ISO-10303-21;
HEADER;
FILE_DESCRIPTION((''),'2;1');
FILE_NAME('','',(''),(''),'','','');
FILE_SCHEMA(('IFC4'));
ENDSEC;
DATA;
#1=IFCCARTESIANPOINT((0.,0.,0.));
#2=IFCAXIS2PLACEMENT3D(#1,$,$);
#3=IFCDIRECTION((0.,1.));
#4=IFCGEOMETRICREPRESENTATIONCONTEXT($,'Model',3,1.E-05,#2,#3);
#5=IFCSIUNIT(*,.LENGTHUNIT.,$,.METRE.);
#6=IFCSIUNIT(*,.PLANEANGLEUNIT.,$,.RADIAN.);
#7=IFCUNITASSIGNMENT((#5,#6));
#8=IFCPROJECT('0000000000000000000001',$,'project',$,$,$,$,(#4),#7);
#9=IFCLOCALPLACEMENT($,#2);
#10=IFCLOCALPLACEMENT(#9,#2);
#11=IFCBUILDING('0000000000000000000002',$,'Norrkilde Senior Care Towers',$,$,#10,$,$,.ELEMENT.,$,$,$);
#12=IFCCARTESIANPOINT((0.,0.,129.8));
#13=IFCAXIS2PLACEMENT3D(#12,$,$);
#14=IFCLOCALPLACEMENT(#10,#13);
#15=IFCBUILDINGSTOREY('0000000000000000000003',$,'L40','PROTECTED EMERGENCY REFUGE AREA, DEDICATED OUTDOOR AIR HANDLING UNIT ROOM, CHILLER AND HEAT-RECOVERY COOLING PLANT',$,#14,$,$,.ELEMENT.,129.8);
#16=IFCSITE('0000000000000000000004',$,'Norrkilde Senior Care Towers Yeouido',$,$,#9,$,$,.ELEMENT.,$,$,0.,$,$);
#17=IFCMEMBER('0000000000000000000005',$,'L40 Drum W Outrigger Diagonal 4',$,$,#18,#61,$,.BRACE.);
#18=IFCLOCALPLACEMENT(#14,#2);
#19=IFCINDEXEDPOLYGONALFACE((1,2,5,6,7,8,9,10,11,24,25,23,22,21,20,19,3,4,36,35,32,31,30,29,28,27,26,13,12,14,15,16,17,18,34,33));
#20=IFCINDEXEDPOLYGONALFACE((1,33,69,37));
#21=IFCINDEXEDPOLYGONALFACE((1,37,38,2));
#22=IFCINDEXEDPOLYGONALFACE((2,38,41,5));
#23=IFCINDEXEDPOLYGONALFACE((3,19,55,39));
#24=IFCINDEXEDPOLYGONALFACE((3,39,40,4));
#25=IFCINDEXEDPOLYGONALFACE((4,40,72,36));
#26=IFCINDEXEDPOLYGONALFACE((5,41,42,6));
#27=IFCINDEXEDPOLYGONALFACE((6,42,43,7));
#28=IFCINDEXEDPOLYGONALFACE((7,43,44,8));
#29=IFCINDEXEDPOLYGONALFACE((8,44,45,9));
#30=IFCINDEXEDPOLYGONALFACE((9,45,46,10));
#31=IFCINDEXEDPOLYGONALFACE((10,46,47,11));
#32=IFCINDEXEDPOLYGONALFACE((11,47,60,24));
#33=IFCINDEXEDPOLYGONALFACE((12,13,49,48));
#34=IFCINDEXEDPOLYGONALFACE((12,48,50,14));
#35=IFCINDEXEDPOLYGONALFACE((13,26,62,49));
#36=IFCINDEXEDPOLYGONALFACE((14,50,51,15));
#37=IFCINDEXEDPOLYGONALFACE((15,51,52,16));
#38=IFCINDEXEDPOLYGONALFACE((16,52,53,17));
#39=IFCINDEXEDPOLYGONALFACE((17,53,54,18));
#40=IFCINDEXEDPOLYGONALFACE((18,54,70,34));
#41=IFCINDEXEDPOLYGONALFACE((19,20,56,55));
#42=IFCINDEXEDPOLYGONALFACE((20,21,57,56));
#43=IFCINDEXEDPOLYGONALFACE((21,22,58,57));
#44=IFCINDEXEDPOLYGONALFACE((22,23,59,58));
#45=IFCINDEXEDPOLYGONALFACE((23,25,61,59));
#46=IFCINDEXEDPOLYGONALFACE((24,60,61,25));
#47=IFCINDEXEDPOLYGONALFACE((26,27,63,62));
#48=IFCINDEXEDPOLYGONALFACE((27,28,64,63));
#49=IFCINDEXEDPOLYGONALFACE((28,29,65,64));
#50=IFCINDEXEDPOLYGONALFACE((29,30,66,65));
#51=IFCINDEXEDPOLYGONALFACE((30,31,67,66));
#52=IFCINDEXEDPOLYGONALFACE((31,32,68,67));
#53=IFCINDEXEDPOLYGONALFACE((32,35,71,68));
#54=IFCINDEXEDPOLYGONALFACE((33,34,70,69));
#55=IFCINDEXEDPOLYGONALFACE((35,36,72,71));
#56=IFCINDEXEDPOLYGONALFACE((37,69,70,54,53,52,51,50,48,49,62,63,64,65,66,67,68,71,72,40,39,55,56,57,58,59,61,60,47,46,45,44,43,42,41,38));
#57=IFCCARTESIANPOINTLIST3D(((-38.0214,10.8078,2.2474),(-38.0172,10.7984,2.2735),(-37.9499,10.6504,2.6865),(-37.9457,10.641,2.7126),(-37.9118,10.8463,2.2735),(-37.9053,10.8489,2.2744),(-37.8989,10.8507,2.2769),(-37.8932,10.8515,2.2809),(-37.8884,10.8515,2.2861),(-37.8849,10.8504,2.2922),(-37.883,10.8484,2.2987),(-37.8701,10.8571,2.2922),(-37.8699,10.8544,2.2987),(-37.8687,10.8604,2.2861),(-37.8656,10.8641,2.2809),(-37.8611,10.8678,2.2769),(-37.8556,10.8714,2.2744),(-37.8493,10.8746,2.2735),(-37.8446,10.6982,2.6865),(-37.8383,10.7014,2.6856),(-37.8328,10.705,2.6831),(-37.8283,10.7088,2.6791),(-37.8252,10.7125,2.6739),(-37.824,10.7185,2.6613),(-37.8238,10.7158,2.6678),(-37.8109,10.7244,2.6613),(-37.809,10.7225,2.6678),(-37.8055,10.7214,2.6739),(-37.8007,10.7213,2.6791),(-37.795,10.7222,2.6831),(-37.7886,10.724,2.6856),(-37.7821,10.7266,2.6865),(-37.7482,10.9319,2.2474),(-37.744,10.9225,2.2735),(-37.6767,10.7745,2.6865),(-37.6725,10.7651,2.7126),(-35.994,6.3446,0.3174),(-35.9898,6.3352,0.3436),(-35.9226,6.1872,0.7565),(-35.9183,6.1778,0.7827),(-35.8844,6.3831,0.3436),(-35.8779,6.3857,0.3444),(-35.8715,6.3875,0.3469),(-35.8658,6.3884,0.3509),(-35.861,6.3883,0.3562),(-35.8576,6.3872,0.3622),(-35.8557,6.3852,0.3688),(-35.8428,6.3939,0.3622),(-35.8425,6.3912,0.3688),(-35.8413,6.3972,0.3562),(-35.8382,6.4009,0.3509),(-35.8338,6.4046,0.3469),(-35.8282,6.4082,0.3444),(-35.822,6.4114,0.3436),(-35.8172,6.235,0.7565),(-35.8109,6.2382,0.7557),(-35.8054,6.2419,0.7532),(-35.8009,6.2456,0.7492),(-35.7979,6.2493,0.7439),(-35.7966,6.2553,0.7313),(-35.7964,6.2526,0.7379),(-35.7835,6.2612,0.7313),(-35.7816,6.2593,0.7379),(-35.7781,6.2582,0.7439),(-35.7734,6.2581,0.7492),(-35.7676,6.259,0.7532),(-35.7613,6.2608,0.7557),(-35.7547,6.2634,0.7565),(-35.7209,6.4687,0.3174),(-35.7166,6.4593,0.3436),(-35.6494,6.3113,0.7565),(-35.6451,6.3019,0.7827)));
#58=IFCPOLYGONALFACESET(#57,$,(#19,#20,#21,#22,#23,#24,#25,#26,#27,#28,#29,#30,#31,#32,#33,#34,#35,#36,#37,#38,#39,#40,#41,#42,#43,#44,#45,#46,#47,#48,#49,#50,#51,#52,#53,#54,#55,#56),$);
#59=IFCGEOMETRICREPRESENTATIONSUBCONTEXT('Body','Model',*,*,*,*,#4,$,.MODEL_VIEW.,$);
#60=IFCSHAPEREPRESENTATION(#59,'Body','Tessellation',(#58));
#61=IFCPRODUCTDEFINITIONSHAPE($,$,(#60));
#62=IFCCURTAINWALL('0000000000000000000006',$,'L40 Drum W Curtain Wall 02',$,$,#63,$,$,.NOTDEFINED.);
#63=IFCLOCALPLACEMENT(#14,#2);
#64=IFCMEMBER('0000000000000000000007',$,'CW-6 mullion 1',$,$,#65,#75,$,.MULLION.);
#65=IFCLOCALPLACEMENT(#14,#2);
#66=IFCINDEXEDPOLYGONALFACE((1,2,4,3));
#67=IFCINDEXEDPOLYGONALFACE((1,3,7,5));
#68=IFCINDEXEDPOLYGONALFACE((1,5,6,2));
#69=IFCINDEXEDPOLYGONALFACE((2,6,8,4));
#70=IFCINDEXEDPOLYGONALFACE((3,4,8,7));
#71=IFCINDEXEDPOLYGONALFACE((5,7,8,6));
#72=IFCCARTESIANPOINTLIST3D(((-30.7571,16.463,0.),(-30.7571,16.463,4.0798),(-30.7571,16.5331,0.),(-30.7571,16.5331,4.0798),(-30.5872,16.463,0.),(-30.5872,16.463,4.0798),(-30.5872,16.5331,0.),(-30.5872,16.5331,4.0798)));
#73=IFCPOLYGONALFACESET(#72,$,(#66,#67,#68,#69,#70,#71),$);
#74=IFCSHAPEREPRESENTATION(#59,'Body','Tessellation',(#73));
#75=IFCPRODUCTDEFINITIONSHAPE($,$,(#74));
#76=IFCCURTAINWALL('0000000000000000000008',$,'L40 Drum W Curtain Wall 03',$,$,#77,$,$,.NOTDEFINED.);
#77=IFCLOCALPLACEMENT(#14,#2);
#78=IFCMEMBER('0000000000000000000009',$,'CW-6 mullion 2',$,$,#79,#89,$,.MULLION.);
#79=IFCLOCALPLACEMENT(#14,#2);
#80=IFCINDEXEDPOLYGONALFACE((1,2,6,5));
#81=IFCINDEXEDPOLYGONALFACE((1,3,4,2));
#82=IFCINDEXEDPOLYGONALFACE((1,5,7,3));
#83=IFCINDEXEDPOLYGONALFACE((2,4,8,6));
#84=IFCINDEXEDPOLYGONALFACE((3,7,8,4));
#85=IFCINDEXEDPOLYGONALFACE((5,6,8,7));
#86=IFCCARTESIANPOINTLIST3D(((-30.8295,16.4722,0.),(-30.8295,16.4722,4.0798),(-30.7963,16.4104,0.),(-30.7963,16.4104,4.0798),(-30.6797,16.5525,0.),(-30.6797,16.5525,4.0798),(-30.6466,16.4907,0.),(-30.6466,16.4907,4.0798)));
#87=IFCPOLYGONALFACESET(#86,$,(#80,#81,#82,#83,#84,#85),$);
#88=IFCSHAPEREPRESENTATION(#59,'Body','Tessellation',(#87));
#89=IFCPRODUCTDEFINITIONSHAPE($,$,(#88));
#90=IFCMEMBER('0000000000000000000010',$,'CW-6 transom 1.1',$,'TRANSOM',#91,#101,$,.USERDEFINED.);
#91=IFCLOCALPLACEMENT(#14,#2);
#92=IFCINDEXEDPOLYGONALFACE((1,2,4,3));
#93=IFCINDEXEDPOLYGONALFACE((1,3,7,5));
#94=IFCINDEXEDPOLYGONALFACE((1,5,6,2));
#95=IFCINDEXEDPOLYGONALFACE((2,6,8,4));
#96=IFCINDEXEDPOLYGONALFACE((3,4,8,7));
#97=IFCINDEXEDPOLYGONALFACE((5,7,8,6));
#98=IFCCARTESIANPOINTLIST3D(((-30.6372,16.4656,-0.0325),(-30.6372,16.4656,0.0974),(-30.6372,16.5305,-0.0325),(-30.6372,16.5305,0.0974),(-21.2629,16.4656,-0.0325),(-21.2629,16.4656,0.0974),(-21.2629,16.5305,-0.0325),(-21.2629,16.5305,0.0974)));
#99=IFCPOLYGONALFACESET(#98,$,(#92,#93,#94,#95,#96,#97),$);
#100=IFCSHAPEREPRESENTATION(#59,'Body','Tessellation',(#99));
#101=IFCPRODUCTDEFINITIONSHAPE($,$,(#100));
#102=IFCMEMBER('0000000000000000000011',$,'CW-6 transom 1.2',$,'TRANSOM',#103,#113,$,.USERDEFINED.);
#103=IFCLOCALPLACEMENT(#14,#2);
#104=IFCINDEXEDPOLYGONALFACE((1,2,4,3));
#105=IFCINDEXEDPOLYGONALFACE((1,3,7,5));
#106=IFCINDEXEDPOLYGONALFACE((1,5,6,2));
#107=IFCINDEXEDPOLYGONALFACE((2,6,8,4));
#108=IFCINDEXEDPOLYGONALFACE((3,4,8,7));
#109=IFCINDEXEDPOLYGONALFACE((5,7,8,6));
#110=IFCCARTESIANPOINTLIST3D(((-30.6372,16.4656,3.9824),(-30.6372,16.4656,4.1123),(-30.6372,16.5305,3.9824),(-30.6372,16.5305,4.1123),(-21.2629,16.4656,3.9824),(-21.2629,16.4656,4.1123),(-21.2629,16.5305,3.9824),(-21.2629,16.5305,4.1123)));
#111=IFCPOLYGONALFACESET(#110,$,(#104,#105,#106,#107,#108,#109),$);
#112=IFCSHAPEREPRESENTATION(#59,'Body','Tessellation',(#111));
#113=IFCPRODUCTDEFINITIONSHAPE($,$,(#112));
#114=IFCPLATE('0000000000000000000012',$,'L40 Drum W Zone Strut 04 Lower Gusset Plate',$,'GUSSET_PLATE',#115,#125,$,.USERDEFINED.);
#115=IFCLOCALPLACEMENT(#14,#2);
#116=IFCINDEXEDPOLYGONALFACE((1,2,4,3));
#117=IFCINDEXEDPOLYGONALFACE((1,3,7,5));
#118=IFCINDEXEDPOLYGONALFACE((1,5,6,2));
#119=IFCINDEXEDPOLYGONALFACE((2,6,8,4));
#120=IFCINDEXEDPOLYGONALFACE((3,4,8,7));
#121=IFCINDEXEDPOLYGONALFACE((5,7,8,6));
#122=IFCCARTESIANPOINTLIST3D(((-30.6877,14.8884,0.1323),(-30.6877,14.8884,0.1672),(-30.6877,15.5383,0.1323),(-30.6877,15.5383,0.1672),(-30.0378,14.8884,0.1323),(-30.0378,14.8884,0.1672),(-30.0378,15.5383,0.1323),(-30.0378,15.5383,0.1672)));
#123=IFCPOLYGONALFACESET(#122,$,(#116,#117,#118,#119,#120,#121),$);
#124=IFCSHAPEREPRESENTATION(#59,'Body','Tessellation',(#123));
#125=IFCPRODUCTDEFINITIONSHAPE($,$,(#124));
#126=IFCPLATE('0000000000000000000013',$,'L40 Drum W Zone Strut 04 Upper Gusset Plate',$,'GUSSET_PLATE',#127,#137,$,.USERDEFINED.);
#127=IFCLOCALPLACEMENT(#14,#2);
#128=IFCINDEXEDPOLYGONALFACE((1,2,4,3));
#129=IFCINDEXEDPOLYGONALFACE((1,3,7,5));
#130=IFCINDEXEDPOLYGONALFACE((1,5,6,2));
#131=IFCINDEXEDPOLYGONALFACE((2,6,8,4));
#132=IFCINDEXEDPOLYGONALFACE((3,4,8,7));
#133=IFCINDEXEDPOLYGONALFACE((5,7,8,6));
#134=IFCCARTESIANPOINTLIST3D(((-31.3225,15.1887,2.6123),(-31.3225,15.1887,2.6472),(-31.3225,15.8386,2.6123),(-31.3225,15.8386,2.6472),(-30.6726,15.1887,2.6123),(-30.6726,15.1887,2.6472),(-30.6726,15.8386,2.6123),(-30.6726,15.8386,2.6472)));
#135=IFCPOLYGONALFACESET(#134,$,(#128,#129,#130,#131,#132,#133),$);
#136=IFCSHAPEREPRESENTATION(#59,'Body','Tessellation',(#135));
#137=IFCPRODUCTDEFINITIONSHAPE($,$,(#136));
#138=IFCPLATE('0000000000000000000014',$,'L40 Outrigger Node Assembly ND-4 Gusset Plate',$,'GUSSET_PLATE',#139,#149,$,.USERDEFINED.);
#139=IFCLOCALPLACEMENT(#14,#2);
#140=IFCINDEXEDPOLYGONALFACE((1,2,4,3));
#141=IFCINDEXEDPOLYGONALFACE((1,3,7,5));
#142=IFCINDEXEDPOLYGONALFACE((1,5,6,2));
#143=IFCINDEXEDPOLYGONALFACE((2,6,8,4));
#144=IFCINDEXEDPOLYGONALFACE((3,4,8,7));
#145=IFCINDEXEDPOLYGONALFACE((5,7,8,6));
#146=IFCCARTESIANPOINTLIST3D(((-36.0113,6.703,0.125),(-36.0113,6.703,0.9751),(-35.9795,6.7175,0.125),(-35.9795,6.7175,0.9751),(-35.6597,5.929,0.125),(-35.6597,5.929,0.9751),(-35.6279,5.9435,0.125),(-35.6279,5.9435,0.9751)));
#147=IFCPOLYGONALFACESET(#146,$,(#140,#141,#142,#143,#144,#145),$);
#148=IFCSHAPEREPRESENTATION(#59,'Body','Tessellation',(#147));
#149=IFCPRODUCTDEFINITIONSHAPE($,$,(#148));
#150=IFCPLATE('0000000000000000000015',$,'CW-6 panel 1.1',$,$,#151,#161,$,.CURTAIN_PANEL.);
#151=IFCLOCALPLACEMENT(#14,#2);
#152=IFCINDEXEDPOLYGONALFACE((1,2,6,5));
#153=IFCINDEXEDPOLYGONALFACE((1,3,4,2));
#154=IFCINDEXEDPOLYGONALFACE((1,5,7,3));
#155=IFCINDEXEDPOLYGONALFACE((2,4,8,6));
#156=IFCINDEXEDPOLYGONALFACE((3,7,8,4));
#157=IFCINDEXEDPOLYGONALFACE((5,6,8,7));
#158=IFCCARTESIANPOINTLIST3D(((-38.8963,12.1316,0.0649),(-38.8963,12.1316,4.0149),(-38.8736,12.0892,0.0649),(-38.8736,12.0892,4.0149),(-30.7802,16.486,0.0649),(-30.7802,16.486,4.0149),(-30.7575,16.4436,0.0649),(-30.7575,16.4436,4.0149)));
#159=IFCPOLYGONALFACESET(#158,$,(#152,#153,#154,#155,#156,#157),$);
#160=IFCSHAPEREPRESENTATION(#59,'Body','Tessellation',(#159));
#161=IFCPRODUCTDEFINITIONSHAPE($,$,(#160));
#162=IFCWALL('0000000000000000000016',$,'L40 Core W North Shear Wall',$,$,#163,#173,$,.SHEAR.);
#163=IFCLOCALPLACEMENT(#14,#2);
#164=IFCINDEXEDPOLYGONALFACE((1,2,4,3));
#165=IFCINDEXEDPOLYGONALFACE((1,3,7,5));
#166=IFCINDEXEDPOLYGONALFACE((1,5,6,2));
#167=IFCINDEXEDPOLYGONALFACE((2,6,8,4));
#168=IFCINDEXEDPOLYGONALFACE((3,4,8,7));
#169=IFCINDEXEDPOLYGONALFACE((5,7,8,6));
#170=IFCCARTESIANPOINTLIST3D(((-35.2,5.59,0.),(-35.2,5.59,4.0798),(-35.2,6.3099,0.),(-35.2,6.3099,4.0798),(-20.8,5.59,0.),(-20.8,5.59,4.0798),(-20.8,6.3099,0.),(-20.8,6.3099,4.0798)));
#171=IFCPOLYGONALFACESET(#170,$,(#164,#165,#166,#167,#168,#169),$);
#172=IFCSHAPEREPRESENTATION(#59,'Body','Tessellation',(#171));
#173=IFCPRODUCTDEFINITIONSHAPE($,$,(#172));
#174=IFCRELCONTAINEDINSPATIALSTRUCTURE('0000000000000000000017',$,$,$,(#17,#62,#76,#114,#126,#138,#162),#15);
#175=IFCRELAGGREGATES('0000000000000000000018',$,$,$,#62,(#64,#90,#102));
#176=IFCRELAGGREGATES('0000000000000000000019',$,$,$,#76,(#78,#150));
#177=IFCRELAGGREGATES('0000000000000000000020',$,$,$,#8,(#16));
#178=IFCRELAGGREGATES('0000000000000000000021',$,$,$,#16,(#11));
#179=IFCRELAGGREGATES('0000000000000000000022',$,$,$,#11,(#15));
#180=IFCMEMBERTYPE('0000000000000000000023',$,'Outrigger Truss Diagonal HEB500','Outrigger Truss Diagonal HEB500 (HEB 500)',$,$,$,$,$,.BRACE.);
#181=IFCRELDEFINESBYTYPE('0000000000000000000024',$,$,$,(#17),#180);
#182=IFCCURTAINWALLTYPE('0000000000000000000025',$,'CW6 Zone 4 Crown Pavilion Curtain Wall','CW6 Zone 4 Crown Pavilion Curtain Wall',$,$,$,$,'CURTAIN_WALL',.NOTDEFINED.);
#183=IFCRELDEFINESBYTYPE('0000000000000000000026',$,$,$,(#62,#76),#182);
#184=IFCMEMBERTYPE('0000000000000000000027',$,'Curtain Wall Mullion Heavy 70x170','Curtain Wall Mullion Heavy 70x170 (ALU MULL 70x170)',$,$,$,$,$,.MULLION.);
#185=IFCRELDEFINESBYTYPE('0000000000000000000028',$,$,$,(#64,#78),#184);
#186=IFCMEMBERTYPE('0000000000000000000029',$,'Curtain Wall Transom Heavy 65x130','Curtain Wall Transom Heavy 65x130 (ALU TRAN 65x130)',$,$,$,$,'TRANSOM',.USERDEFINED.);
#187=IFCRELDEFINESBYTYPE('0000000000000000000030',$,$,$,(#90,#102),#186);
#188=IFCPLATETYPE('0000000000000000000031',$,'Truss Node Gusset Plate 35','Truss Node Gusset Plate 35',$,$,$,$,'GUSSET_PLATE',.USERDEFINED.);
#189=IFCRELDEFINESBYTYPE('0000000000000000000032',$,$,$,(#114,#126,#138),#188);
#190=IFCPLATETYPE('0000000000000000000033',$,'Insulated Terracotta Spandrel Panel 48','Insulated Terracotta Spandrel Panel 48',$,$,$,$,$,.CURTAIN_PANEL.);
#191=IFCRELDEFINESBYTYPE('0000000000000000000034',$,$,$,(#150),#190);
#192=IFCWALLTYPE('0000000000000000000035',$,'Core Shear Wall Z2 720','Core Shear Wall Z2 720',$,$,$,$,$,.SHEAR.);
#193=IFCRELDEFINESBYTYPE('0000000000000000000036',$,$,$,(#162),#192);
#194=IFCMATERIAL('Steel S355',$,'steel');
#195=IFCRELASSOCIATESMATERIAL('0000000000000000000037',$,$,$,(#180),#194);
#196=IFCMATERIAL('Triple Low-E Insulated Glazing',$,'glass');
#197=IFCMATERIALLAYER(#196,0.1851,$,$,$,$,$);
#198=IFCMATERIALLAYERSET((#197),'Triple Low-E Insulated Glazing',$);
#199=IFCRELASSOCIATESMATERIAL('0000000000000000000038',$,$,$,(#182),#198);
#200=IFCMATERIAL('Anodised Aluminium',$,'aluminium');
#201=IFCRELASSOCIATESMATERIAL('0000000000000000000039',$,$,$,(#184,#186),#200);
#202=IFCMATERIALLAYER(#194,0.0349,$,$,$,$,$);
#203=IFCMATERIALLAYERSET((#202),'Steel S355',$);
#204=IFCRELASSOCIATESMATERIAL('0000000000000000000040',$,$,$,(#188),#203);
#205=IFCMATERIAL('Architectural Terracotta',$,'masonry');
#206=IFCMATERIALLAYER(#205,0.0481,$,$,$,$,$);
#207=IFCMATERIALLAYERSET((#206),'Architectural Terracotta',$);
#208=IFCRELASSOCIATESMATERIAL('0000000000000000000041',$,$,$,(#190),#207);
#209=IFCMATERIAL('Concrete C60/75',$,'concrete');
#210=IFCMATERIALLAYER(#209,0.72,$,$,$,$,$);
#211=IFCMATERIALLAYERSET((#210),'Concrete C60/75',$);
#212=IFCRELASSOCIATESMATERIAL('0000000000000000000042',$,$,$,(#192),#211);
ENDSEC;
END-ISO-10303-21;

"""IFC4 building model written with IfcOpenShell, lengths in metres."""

from ifc_helpers import new_model, si_unit, direction, frame, frame_2d, origin, origin_2d, place, context, subcontext, project, spatial, rectangle, i_section, extrude, source, transform, mapped, material, layer, layer_set, material_profile, profile_set, type_object, type_shapes, element, aggregate, save


model = new_model("IFC4")

# Units and contexts
model_context = context("Model", 3, precision=1e-05, world=origin(), true_north=direction((0.0, 1.0)))
body_context = subcontext(model_context, "Body", "Model", "MODEL_VIEW")
ifc_project = project(units=[si_unit("LENGTHUNIT", "METRE"), si_unit("PLANEANGLEUNIT", "RADIAN")], contexts=[model_context])

# Site, building, storey
site_placement = place(None, origin())
site = spatial("IfcSite", under=ifc_project, at=site_placement, Name="Norrkilde Senior Care Towers Yeouido", CompositionType="ELEMENT", RefElevation=0.0)
building_placement = place(site_placement, origin())
building = spatial("IfcBuilding", under=site, at=building_placement, Name="Norrkilde Senior Care Towers", CompositionType="ELEMENT")
storey_placement = place(building_placement, frame((0.0, 0.0, 129.8)))
storey = spatial("IfcBuildingStorey", under=building, at=storey_placement, Name="L40", Description="PROTECTED EMERGENCY REFUGE AREA, DEDICATED OUTDOOR AIR HANDLING UNIT ROOM, CHILLER AND HEAT-RECOVERY COOLING PLANT", CompositionType="ELEMENT", Elevation=129.8)

# Shared definitions
ifc_material_1 = material(Name="Concrete C60/75", Category="concrete")

# Shared definitions
ifc_material_2 = material(Name="Steel S355", Category="steel")

# Member
ifc_material_profile_1 = material_profile(ifc_material_2, i_section(OverallWidth=0.3, OverallDepth=0.5, WebThickness=0.0144, FlangeThickness=0.0281, FilletRadius=0.0271, at=origin_2d()), Name="HEB 500")
ifc_profile_set_1 = profile_set([ifc_material_profile_1], Name="Steel S355")
member_type_1 = type_object("IfcMemberType", Name="Outrigger Truss Diagonal HEB500", Description="Outrigger Truss Diagonal HEB500 (HEB 500)", PredefinedType="BRACE", material=ifc_profile_set_1)
shared_shape_1 = source(origin(), body_context, "Body", "SweptSolid", [
    extrude(i_section(OverallWidth=0.3, OverallDepth=0.5, WebThickness=0.0144, FlangeThickness=0.0281, FilletRadius=0.0271, at=origin_2d()), origin(), (0.0, 0.0, 1.0), 5.2683),
])
type_shapes(member_type_1, [shared_shape_1])
member_1_placement = place(storey_placement, frame((-35.8196, 6.3232, 0.55), z_axis=(-0.384824, 0.847178, 0.366333), x_axis=(-0.91047, -0.413574, 0.0)))
element("IfcMember", 1, at=member_1_placement, inside=storey, type_object=member_type_1, Name="L40 Drum W Outrigger Diagonal 4", PredefinedType="BRACE", context=body_context, shape_type="MappedRepresentation", body=[
    mapped(shared_shape_1, transform((0.0, 0.0, 0.0), x_axis=(1.0, 0.0, 0.0), y_axis=(0.0, 1.0, 0.0), z_axis=(0.0, 0.0, 1.0), scale=1.0)),
])

# Curtain walls, members
ifc_material_3 = material(Name="Triple Low-E Insulated Glazing", Category="glass")
ifc_layer_1 = layer(ifc_material_3, 0.1851)
ifc_layer_set_1 = layer_set([ifc_layer_1], Name="Triple Low-E Insulated Glazing")
curtain_wall_type = type_object("IfcCurtainWallType", Name="CW6 Zone 4 Crown Pavilion Curtain Wall", Description="CW6 Zone 4 Crown Pavilion Curtain Wall", ElementType="CURTAIN_WALL", PredefinedType="NOTDEFINED", material=ifc_layer_set_1)
curtain_wall_1_placement = place(storey_placement, origin())
curtain_wall_1 = element("IfcCurtainWall", 2, at=curtain_wall_1_placement, inside=storey, type_object=curtain_wall_type, Name="L40 Drum W Curtain Wall 02", PredefinedType="NOTDEFINED")
ifc_material_4 = material(Name="Anodised Aluminium", Category="aluminium")
ifc_material_profile_2 = material_profile(ifc_material_4, rectangle(XDim=0.0701, YDim=0.1699, at=origin_2d()), Name="ALU MULL 70x170")
ifc_profile_set_2 = profile_set([ifc_material_profile_2], Name="Anodised Aluminium")
member_type_2 = type_object("IfcMemberType", Name="Curtain Wall Mullion Heavy 70x170", Description="Curtain Wall Mullion Heavy 70x170 (ALU MULL 70x170)", PredefinedType="MULLION", material=ifc_profile_set_2)
shared_shape_2 = source(origin(), body_context, "Body", "SweptSolid", [
    extrude(rectangle(XDim=0.0701, YDim=0.1699, at=origin_2d()), origin(), (0.0, 0.0, 1.0), 4.0798),
])
type_shapes(member_type_2, [shared_shape_2])
member_2_placement = place(storey_placement, frame((-30.6721, 16.498, 0.0), z_axis=(0.0, 0.0, 1.0), x_axis=(0.0, 1.0, 0.0)))
member_2 = element("IfcMember", 3, at=member_2_placement, type_object=member_type_2, Name="CW-6 mullion 1", PredefinedType="MULLION", context=body_context, shape_type="MappedRepresentation", body=[
    mapped(shared_shape_2, transform((0.0, 0.0, 0.0), x_axis=(1.0, 0.0, 0.0), y_axis=(0.0, 1.0, 0.0), z_axis=(0.0, 0.0, 1.0), scale=1.0)),
])
curtain_wall_2_placement = place(storey_placement, origin())
curtain_wall_2 = element("IfcCurtainWall", 4, at=curtain_wall_2_placement, inside=storey, type_object=curtain_wall_type, Name="L40 Drum W Curtain Wall 03", PredefinedType="NOTDEFINED")
member_3_placement = place(storey_placement, frame((-30.738, 16.4814, 0.0), z_axis=(0.0, 0.0, 1.0), x_axis=(-0.472769, 0.881186, 0.0)))
member_3 = element("IfcMember", 5, at=member_3_placement, type_object=member_type_2, Name="CW-6 mullion 2", PredefinedType="MULLION", context=body_context, shape_type="MappedRepresentation", body=[
    mapped(shared_shape_2, transform((0.0, 0.0, 0.0), x_axis=(1.0, 0.0, 0.0), y_axis=(0.0, 1.0, 0.0), z_axis=(0.0, 0.0, 1.0), scale=1.0)),
])

# Members
ifc_material_profile_3 = material_profile(ifc_material_4, rectangle(XDim=0.0649, YDim=0.1299, at=origin_2d()), Name="ALU TRAN 65x130")
ifc_profile_set_3 = profile_set([ifc_material_profile_3], Name="Anodised Aluminium")
member_type_3 = type_object("IfcMemberType", Name="Curtain Wall Transom Heavy 65x130", Description="Curtain Wall Transom Heavy 65x130 (ALU TRAN 65x130)", ElementType="TRANSOM", PredefinedType="USERDEFINED", material=ifc_profile_set_3)
shared_shape_3 = source(origin(), body_context, "Body", "SweptSolid", [
    extrude(rectangle(XDim=0.0649, YDim=0.1299, at=origin_2d()), origin(), (0.0, 0.0, 1.0), 9.3743),
])
type_shapes(member_type_3, [shared_shape_3])
member_4_placement = place(storey_placement, frame((-30.6372, 16.498, 0.0325), z_axis=(1.0, 0.0, 0.0), x_axis=(0.0, 1.0, 0.0)))
member_4 = element("IfcMember", 6, at=member_4_placement, type_object=member_type_3, Name="CW-6 transom 1.1", ObjectType="TRANSOM", PredefinedType="USERDEFINED", context=body_context, shape_type="MappedRepresentation", body=[
    mapped(shared_shape_3, transform((0.0, 0.0, 0.0), x_axis=(1.0, 0.0, 0.0), y_axis=(0.0, 1.0, 0.0), z_axis=(0.0, 0.0, 1.0), scale=1.0)),
])
member_5_placement = place(storey_placement, frame((-30.6372, 16.498, 4.0474), z_axis=(1.0, 0.0, 0.0), x_axis=(0.0, 1.0, 0.0)))
member_5 = element("IfcMember", 7, at=member_5_placement, type_object=member_type_3, Name="CW-6 transom 1.2", ObjectType="TRANSOM", PredefinedType="USERDEFINED", context=body_context, shape_type="MappedRepresentation", body=[
    mapped(shared_shape_3, transform((0.0, 0.0, 0.0), x_axis=(1.0, 0.0, 0.0), y_axis=(0.0, 1.0, 0.0), z_axis=(0.0, 0.0, 1.0), scale=1.0)),
])
aggregate(curtain_wall_1, [member_2, member_4, member_5])

# Plates
ifc_layer_2 = layer(ifc_material_2, 0.0349)
ifc_layer_set_2 = layer_set([ifc_layer_2], Name="Steel S355")
plate_type_1 = type_object("IfcPlateType", Name="Truss Node Gusset Plate 35", Description="Truss Node Gusset Plate 35", ElementType="GUSSET_PLATE", PredefinedType="USERDEFINED", material=ifc_layer_set_2)
shared_shape_4 = source(origin(), body_context, "Body", "SweptSolid", [
    extrude(rectangle(XDim=0.6499, YDim=0.6499, at=origin_2d()), origin(), (0.0, 0.0, 1.0), 0.0349),
])
for number, where, z_axis, x_axis, name in (
    (8, (-30.3628, 15.2134, 0.1323), (0.0, 0.0, 1.0), (1.0, 0.0, 0.0), "L40 Drum W Zone Strut 04 Lower Gusset Plate"),
    (9, (-30.9976, 15.5137, 2.6123), (0.0, 0.0, 1.0), (1.0, 0.0, 0.0), "L40 Drum W Zone Strut 04 Upper Gusset Plate"),
):
    element("IfcPlate", number, at=place(storey_placement, frame(where, z_axis=z_axis, x_axis=x_axis)), inside=storey, type_object=plate_type_1, Name=name, ObjectType="GUSSET_PLATE", PredefinedType="USERDEFINED", context=body_context, shape_type="MappedRepresentation", body=[
        mapped(shared_shape_4, transform((0.0, 0.0, 0.0), x_axis=(1.0, 0.0, 0.0), y_axis=(0.0, 1.0, 0.0), z_axis=(0.0, 0.0, 1.0), scale=1.0)),
    ])
shared_shape_5 = source(origin(), body_context, "Body", "SweptSolid", [
    extrude(rectangle(XDim=0.8501, YDim=0.0349, at=origin_2d()), origin(), (0.0, 0.0, 1.0), 0.8501),
])
type_shapes(plate_type_1, [shared_shape_4, shared_shape_5])
plate_1_placement = place(storey_placement, frame((-35.8196, 6.3232, 0.125), z_axis=(0.0, 0.0, 1.0), x_axis=(-0.413581, 0.910467, 0.0)))
element("IfcPlate", 10, at=plate_1_placement, inside=storey, type_object=plate_type_1, Name="L40 Outrigger Node Assembly ND-4 Gusset Plate", ObjectType="GUSSET_PLATE", PredefinedType="USERDEFINED", context=body_context, shape_type="MappedRepresentation", body=[
    mapped(shared_shape_5, transform((0.0, 0.0, 0.0), x_axis=(1.0, 0.0, 0.0), y_axis=(0.0, 1.0, 0.0), z_axis=(0.0, 0.0, 1.0), scale=1.0)),
])

# Plate
ifc_material_5 = material(Name="Architectural Terracotta", Category="masonry")
ifc_layer_3 = layer(ifc_material_5, 0.0481)
ifc_layer_set_3 = layer_set([ifc_layer_3], Name="Architectural Terracotta")
plate_type_2 = type_object("IfcPlateType", Name="Insulated Terracotta Spandrel Panel 48", Description="Insulated Terracotta Spandrel Panel 48", PredefinedType="CURTAIN_PANEL", material=ifc_layer_set_3)
shared_shape_6 = source(origin(), body_context, "Body", "SweptSolid", [
    extrude(rectangle(XDim=9.2104, YDim=0.0481, at=origin_2d()), origin(), (0.0, 0.0, 1.0), 3.95),
])
type_shapes(plate_type_2, [shared_shape_6])
plate_2_placement = place(storey_placement, frame((-34.8269, 14.2876, 0.0649), z_axis=(0.0, 0.0, 1.0), x_axis=(0.881186, 0.472769, 0.0)))
plate_2 = element("IfcPlate", 11, at=plate_2_placement, type_object=plate_type_2, Name="CW-6 panel 1.1", PredefinedType="CURTAIN_PANEL", context=body_context, shape_type="MappedRepresentation", body=[
    mapped(shared_shape_6, transform((0.0, 0.0, 0.0), x_axis=(1.0, 0.0, 0.0), y_axis=(0.0, 1.0, 0.0), z_axis=(0.0, 0.0, 1.0), scale=1.0)),
])
aggregate(curtain_wall_2, [member_3, plate_2])

# Wall
ifc_layer_4 = layer(ifc_material_1, 0.72)
ifc_layer_set_4 = layer_set([ifc_layer_4], Name="Concrete C60/75")
wall_type_1 = type_object("IfcWallType", Name="Core Shear Wall Z2 720", Description="Core Shear Wall Z2 720", PredefinedType="SHEAR", material=ifc_layer_set_4)
shared_shape_7 = source(origin(), body_context, "Body", "SweptSolid", [
    extrude(rectangle(XDim=14.3999, YDim=0.72, at=frame_2d((7.2, 0.0))), origin(), (0.0, 0.0, 1.0), 4.0798),
])
type_shapes(wall_type_1, [shared_shape_7])
wall_1_placement = place(storey_placement, frame((-35.2, 5.95, 0.0), z_axis=(0.0, 0.0, 1.0), x_axis=(1.0, 0.0, 0.0)))
element("IfcWall", 12, at=wall_1_placement, inside=storey, type_object=wall_type_1, Name="L40 Core W North Shear Wall", PredefinedType="SHEAR", context=body_context, shape_type="MappedRepresentation", body=[
    mapped(shared_shape_7, transform((0.0, 0.0, 0.0), x_axis=(1.0, 0.0, 0.0), y_axis=(0.0, 1.0, 0.0), z_axis=(0.0, 0.0, 1.0), scale=1.0)),
])

save(model, "model.ifc")
